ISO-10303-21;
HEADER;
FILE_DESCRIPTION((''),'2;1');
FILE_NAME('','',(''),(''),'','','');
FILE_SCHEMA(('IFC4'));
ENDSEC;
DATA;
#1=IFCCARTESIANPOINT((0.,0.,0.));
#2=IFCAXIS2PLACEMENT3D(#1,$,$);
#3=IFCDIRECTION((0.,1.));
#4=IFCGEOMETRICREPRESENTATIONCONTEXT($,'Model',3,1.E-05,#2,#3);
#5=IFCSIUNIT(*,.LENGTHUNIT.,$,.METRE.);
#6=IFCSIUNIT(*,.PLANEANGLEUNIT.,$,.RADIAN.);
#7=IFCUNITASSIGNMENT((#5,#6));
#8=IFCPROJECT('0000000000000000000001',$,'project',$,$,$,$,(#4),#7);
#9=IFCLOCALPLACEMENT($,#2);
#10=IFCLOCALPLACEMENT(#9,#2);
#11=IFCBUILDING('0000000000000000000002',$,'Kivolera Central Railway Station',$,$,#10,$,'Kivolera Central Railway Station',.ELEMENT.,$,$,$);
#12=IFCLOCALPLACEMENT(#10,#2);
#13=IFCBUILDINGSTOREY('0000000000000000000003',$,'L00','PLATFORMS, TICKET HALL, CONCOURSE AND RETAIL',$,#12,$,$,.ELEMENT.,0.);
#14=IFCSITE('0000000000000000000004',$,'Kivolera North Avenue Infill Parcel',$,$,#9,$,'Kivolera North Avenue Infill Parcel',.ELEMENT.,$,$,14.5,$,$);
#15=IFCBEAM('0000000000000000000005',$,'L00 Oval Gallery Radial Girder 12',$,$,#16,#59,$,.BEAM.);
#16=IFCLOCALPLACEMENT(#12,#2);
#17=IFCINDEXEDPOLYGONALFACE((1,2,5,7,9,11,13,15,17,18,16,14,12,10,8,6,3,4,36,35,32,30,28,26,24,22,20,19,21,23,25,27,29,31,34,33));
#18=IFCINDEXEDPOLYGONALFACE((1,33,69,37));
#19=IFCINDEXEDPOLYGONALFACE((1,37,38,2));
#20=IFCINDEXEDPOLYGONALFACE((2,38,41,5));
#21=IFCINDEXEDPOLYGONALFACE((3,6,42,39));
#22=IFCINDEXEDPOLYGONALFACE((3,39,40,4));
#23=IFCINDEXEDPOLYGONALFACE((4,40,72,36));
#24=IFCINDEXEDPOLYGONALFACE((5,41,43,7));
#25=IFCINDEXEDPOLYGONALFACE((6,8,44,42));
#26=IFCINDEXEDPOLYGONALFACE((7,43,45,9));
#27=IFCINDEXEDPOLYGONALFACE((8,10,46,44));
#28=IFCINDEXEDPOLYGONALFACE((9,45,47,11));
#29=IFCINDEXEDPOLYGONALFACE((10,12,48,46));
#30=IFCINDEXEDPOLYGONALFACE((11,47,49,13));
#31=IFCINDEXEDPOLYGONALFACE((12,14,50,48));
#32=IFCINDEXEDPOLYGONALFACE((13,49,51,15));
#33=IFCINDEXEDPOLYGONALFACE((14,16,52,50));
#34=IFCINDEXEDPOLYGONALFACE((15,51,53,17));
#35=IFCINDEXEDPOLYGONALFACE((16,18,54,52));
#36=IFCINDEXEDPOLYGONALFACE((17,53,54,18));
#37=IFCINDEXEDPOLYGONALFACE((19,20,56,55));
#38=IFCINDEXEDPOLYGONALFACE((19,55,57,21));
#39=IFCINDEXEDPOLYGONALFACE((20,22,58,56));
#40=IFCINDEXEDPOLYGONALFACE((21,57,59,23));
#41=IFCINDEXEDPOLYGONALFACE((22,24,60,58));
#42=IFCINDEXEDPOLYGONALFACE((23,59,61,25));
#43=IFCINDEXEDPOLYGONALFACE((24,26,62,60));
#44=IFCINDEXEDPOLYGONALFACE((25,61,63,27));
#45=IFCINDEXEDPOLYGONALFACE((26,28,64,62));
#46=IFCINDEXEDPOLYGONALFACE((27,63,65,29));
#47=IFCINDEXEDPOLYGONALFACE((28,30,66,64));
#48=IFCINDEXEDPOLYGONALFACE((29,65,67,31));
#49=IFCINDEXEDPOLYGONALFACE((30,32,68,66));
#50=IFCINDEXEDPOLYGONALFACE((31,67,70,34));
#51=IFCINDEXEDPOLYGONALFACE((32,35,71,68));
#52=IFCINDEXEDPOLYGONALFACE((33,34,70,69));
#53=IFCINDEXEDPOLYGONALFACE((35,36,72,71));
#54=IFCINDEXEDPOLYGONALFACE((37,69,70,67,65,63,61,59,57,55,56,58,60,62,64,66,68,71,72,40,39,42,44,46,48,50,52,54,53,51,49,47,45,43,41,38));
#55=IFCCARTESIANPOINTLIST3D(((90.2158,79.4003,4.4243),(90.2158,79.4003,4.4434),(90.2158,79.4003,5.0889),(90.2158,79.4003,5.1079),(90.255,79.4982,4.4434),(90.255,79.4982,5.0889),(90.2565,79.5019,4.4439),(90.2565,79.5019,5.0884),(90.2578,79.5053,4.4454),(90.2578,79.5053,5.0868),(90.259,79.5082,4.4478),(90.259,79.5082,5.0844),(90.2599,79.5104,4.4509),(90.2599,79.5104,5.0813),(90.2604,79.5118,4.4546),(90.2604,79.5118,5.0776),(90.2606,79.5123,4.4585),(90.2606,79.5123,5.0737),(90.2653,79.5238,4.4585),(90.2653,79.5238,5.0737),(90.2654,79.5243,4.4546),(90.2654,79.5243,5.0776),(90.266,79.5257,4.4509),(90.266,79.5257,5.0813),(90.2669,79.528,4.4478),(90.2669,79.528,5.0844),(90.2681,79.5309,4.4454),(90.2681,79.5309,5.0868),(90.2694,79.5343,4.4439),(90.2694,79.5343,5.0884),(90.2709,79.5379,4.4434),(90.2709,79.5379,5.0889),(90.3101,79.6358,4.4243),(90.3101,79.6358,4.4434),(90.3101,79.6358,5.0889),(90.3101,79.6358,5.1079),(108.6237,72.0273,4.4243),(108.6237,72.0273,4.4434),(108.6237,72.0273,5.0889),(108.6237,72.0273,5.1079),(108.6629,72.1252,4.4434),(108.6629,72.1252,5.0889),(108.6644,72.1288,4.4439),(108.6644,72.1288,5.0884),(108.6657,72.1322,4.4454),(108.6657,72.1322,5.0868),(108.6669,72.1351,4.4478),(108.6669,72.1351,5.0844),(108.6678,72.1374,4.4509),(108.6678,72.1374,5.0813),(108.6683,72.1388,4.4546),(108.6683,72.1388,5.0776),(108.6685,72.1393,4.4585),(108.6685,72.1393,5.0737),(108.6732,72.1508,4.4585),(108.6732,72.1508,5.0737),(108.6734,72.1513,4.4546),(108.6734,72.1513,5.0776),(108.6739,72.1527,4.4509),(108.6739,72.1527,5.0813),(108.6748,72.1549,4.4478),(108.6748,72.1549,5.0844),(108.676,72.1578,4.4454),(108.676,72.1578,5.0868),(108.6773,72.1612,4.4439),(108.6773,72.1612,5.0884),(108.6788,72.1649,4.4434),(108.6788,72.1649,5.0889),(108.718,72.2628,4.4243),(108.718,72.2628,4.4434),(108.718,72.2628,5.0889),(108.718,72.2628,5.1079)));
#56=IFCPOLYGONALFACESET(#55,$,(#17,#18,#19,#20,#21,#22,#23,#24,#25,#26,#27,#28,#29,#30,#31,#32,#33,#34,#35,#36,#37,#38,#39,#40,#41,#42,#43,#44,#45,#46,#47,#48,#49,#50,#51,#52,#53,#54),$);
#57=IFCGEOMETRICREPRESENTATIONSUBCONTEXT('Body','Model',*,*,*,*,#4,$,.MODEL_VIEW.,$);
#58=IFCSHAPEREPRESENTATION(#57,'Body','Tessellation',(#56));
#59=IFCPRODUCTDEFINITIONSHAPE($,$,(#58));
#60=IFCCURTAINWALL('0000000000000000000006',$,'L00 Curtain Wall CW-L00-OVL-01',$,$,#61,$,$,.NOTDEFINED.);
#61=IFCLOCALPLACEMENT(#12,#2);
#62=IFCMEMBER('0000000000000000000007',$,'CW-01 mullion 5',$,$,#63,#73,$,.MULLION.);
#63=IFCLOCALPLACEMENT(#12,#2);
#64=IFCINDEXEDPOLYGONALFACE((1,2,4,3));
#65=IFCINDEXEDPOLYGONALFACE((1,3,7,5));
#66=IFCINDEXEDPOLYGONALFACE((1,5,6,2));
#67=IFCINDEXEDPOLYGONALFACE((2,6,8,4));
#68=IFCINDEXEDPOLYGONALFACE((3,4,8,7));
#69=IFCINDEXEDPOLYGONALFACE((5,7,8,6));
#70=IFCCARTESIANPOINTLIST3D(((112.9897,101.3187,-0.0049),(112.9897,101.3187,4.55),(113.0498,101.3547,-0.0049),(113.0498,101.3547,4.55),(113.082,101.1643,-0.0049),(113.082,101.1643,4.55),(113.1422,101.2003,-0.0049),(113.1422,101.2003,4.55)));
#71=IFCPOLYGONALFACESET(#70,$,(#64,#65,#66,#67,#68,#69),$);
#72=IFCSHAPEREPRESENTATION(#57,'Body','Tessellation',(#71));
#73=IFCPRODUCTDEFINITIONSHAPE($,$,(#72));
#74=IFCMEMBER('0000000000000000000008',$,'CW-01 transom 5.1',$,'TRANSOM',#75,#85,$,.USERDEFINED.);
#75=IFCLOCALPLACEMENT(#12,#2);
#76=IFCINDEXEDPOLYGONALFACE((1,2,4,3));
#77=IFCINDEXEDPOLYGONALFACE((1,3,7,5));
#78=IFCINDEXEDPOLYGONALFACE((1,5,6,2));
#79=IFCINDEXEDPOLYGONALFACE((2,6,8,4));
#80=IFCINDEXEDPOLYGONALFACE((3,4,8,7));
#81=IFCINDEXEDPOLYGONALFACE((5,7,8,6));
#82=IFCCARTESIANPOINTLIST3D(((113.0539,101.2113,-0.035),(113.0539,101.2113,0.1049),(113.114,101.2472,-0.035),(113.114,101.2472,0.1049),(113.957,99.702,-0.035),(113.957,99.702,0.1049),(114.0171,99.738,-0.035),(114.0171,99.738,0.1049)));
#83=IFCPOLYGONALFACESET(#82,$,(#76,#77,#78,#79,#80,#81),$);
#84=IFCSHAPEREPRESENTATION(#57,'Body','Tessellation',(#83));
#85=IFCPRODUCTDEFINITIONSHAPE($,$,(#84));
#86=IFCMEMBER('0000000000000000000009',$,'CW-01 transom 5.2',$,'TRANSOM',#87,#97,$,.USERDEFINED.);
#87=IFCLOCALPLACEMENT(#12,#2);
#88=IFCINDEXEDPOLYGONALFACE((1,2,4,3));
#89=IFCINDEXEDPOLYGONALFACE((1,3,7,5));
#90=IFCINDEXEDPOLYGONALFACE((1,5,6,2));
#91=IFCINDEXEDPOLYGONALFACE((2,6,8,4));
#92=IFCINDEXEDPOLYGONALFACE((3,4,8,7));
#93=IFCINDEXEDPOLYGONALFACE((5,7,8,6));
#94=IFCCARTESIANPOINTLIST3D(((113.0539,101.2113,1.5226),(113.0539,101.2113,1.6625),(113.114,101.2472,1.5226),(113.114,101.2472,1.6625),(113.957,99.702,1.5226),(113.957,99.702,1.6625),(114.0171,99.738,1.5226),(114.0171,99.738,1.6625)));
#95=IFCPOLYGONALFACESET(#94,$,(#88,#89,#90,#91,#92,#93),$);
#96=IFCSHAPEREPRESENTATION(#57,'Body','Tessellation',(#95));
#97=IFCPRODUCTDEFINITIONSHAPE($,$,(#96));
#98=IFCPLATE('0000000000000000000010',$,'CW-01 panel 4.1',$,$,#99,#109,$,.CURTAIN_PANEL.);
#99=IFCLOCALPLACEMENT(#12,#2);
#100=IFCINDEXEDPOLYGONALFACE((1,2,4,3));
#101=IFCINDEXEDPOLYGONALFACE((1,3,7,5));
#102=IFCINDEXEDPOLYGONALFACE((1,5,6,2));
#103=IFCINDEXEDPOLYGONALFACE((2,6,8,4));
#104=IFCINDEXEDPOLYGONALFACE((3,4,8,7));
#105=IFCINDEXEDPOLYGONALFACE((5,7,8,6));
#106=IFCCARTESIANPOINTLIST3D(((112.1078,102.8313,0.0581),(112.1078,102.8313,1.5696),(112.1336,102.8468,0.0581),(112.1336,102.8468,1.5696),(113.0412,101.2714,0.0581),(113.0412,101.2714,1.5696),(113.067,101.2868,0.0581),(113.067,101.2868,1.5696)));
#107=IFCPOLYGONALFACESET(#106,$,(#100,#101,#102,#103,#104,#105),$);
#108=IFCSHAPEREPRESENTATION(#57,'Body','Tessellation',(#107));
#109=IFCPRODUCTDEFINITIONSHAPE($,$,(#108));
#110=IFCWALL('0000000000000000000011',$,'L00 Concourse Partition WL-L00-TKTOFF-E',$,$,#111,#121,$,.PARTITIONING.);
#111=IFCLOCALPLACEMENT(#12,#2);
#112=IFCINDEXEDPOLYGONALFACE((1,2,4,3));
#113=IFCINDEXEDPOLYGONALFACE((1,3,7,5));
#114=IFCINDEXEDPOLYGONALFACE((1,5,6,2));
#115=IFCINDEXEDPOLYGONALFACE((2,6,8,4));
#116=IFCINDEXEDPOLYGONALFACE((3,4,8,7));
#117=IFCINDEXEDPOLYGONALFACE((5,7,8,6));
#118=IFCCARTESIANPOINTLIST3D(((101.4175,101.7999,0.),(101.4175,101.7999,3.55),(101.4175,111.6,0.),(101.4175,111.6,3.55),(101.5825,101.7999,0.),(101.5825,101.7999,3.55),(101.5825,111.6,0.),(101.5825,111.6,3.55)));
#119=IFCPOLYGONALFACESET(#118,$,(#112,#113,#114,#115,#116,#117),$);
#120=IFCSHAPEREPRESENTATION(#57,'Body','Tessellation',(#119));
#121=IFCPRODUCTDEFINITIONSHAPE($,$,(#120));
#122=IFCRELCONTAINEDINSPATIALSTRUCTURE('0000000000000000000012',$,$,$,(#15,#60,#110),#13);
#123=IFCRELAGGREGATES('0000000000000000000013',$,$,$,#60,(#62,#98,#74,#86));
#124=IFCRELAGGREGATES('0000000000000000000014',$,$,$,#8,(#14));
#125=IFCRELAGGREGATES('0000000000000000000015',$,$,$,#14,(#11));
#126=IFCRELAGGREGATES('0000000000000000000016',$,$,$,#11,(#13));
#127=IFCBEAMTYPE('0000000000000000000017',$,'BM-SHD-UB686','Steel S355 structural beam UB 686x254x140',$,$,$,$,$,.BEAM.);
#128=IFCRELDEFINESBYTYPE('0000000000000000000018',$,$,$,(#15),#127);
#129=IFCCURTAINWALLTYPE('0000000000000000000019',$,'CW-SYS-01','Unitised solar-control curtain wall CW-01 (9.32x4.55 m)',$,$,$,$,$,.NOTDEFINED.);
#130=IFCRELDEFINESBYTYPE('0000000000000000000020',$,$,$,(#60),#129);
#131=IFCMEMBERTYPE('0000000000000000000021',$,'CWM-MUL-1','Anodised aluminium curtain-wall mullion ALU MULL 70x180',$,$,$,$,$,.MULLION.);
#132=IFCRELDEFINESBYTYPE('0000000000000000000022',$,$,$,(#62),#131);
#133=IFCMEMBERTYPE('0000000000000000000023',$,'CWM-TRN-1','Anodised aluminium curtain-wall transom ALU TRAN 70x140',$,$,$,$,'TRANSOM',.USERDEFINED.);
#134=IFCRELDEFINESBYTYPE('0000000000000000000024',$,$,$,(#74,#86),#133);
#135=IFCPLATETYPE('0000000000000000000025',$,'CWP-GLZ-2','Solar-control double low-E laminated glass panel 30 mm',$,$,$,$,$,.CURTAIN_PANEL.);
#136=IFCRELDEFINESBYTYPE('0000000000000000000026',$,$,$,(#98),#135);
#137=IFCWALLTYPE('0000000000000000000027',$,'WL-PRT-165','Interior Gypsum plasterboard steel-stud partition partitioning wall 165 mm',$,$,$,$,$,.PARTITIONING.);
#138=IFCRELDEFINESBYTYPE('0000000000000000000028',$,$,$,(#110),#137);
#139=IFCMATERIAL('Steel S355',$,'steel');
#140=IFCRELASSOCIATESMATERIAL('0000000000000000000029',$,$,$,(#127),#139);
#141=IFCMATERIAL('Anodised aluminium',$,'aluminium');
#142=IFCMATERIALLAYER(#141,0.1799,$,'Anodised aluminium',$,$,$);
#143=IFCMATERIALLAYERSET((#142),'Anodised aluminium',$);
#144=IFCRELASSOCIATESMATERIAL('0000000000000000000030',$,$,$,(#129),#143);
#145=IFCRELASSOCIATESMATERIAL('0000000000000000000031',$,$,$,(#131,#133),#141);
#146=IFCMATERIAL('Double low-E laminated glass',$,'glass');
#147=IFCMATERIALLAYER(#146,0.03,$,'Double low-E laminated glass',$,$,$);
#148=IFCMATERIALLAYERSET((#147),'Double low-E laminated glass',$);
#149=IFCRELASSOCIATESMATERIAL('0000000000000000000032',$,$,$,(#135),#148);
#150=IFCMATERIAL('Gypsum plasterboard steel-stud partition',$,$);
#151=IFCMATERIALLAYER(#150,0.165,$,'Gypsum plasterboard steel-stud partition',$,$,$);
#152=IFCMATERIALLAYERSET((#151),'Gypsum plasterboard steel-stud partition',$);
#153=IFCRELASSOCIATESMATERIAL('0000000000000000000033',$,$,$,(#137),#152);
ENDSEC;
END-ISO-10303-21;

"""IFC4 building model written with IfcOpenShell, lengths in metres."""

from ifc_helpers import new_model, si_unit, direction, frame, frame_2d, origin, origin_2d, place, context, subcontext, project, spatial, rectangle, i_section, extrude, material, layer, layer_set, material_profile, profile_set, type_object, element, aggregate, save


model = new_model("IFC4")

# Units and contexts
model_context = context("Model", 3, precision=1e-05, world=origin(), true_north=direction((0.0, 1.0)))
body_context = subcontext(model_context, "Body", "Model", "MODEL_VIEW")
ifc_project = project(units=[si_unit("LENGTHUNIT", "METRE"), si_unit("PLANEANGLEUNIT", "RADIAN")], contexts=[model_context])

# Site, building, storey
site_placement = place(None, origin())
site = spatial("IfcSite", under=ifc_project, at=site_placement, Name="Kivolera North Avenue Infill Parcel", LongName="Kivolera North Avenue Infill Parcel", CompositionType="ELEMENT", RefElevation=14.5)
building_placement = place(site_placement, origin())
building = spatial("IfcBuilding", under=site, at=building_placement, Name="Kivolera Central Railway Station", LongName="Kivolera Central Railway Station", CompositionType="ELEMENT")
storey_placement = place(building_placement, origin())
storey = spatial("IfcBuildingStorey", under=building, at=storey_placement, Name="L00", Description="PLATFORMS, TICKET HALL, CONCOURSE AND RETAIL", CompositionType="ELEMENT", Elevation=0.0)

# Beam
ifc_material_1 = material(Name="Steel S355", Category="steel")
ifc_material_profile_1 = material_profile(ifc_material_1, i_section(OverallWidth=0.2537, OverallDepth=0.6836, WebThickness=0.0125, FlangeThickness=0.019, FilletRadius=0.0151, at=origin_2d()), Name="UB 686x254x140")
ifc_profile_set_1 = profile_set([ifc_material_profile_1], Name="Steel S355")
beam_type_1 = type_object("IfcBeamType", Name="BM-SHD-UB686", Description="Steel S355 structural beam UB 686x254x140", PredefinedType="BEAM", material=ifc_profile_set_1)
for number, where, z_axis, x_axis, name in (
    (1, (90.2629, 79.5181, 4.7661), (0.928305, -0.371819, 0.0), (0.371819, 0.928305, 0.0), "L00 Oval Gallery Radial Girder 12"),
):
    element("IfcBeam", number, at=place(storey_placement, frame(where, z_axis=z_axis, x_axis=x_axis)), inside=storey, type_object=beam_type_1, Name=name, PredefinedType="BEAM", context=body_context, shape_type="SweptSolid", body=[
        extrude(i_section(OverallWidth=0.2537, OverallDepth=0.6836, WebThickness=0.0125, FlangeThickness=0.019, FilletRadius=0.0151, at=origin_2d()), origin(), (0.0, 0.0, 1.0), 19.8296),
    ])

# Curtain wall, members, plate
ifc_material_2 = material(Name="Anodised aluminium", Category="aluminium")
ifc_layer_1 = layer(ifc_material_2, 0.1799, Name="Anodised aluminium")
ifc_layer_set_1 = layer_set([ifc_layer_1], Name="Anodised aluminium")
curtain_wall_type = type_object("IfcCurtainWallType", Name="CW-SYS-01", Description="Unitised solar-control curtain wall CW-01 (9.32x4.55 m)", PredefinedType="NOTDEFINED", material=ifc_layer_set_1)
curtain_wall_placement = place(storey_placement, origin())
curtain_wall = element("IfcCurtainWall", 2, at=curtain_wall_placement, inside=storey, type_object=curtain_wall_type, Name="L00 Curtain Wall CW-L00-OVL-01", PredefinedType="NOTDEFINED")
ifc_material_profile_2 = material_profile(ifc_material_2, rectangle(XDim=0.0701, YDim=0.1799, at=origin_2d()), Name="ALU MULL 70x180")
ifc_profile_set_2 = profile_set([ifc_material_profile_2], Name="Anodised aluminium")
member_type_1 = type_object("IfcMemberType", Name="CWM-MUL-1", Description="Anodised aluminium curtain-wall mullion ALU MULL 70x180", PredefinedType="MULLION", material=ifc_profile_set_2)
member_1_placement = place(storey_placement, frame((113.0659, 101.2595, -0.0049), z_axis=(0.0, 0.0, 1.0), x_axis=(0.858117, 0.513454, 0.0)))
member_1 = element("IfcMember", 3, at=member_1_placement, type_object=member_type_1, Name="CW-01 mullion 5", PredefinedType="MULLION", context=body_context, shape_type="SweptSolid", body=[
    extrude(rectangle(XDim=0.0701, YDim=0.1799, at=origin_2d()), origin(), (0.0, 0.0, 1.0), 4.5549),
])
ifc_material_profile_3 = material_profile(ifc_material_2, rectangle(XDim=0.0701, YDim=0.1399, at=origin_2d()), Name="ALU TRAN 70x140")
ifc_profile_set_3 = profile_set([ifc_material_profile_3], Name="Anodised aluminium")
member_type_2 = type_object("IfcMemberType", Name="CWM-TRN-1", Description="Anodised aluminium curtain-wall transom ALU TRAN 70x140", ElementType="TRANSOM", PredefinedType="USERDEFINED", material=ifc_profile_set_3)
member_2_placement = place(storey_placement, frame((113.084, 101.2292, 0.0349), z_axis=(0.513454, -0.858117, 0.0), x_axis=(0.858117, 0.513454, 0.0)))
member_2 = element("IfcMember", 4, at=member_2_placement, type_object=member_type_2, Name="CW-01 transom 5.1", ObjectType="TRANSOM", PredefinedType="USERDEFINED", context=body_context, shape_type="SweptSolid", body=[
    extrude(rectangle(XDim=0.0701, YDim=0.1399, at=origin_2d()), origin(), (0.0, 0.0, 1.0), 1.7588),
])
member_3_placement = place(storey_placement, frame((113.084, 101.2292, 1.5925), z_axis=(0.513454, -0.858117, 0.0), x_axis=(0.858117, 0.513454, 0.0)))
member_3 = element("IfcMember", 5, at=member_3_placement, type_object=member_type_2, Name="CW-01 transom 5.2", ObjectType="TRANSOM", PredefinedType="USERDEFINED", context=body_context, shape_type="SweptSolid", body=[
    extrude(rectangle(XDim=0.0701, YDim=0.1399, at=origin_2d()), origin(), (0.0, 0.0, 1.0), 1.7588),
])
ifc_material_3 = material(Name="Double low-E laminated glass", Category="glass")
ifc_layer_2 = layer(ifc_material_3, 0.03, Name="Double low-E laminated glass")
ifc_layer_set_2 = layer_set([ifc_layer_2], Name="Double low-E laminated glass")
plate_type = type_object("IfcPlateType", Name="CWP-GLZ-2", Description="Solar-control double low-E laminated glass panel 30 mm", PredefinedType="CURTAIN_PANEL", material=ifc_layer_set_2)
plate_placement = place(storey_placement, frame((112.5874, 102.0591, 0.0581), z_axis=(0.0, 0.0, 1.0), x_axis=(0.513454, -0.858117, 0.0)))
plate = element("IfcPlate", 6, at=plate_placement, type_object=plate_type, Name="CW-01 panel 4.1", PredefinedType="CURTAIN_PANEL", context=body_context, shape_type="SweptSolid", body=[
    extrude(rectangle(XDim=1.8179, YDim=0.03, at=origin_2d()), origin(), (0.0, 0.0, 1.0), 1.5115),
])
aggregate(curtain_wall, [member_1, plate, member_2, member_3])

# Wall
ifc_material_4 = material(Name="Gypsum plasterboard steel-stud partition")
ifc_layer_3 = layer(ifc_material_4, 0.165, Name="Gypsum plasterboard steel-stud partition")
ifc_layer_set_3 = layer_set([ifc_layer_3], Name="Gypsum plasterboard steel-stud partition")
wall_type = type_object("IfcWallType", Name="WL-PRT-165", Description="Interior Gypsum plasterboard steel-stud partition partitioning wall 165 mm", PredefinedType="PARTITIONING", material=ifc_layer_set_3)
wall_placement = place(storey_placement, frame((101.5, 101.8, 0.0), z_axis=(0.0, 0.0, 1.0), x_axis=(0.0, 1.0, 0.0)))
element("IfcWall", 7, at=wall_placement, inside=storey, type_object=wall_type, Name="L00 Concourse Partition WL-L00-TKTOFF-E", PredefinedType="PARTITIONING", context=body_context, shape_type="SweptSolid", body=[
    extrude(rectangle(XDim=9.8, YDim=0.165, at=frame_2d((4.8999, 0.0))), origin(), (0.0, 0.0, 1.0), 3.55),
])

save(model, "model.ifc")
